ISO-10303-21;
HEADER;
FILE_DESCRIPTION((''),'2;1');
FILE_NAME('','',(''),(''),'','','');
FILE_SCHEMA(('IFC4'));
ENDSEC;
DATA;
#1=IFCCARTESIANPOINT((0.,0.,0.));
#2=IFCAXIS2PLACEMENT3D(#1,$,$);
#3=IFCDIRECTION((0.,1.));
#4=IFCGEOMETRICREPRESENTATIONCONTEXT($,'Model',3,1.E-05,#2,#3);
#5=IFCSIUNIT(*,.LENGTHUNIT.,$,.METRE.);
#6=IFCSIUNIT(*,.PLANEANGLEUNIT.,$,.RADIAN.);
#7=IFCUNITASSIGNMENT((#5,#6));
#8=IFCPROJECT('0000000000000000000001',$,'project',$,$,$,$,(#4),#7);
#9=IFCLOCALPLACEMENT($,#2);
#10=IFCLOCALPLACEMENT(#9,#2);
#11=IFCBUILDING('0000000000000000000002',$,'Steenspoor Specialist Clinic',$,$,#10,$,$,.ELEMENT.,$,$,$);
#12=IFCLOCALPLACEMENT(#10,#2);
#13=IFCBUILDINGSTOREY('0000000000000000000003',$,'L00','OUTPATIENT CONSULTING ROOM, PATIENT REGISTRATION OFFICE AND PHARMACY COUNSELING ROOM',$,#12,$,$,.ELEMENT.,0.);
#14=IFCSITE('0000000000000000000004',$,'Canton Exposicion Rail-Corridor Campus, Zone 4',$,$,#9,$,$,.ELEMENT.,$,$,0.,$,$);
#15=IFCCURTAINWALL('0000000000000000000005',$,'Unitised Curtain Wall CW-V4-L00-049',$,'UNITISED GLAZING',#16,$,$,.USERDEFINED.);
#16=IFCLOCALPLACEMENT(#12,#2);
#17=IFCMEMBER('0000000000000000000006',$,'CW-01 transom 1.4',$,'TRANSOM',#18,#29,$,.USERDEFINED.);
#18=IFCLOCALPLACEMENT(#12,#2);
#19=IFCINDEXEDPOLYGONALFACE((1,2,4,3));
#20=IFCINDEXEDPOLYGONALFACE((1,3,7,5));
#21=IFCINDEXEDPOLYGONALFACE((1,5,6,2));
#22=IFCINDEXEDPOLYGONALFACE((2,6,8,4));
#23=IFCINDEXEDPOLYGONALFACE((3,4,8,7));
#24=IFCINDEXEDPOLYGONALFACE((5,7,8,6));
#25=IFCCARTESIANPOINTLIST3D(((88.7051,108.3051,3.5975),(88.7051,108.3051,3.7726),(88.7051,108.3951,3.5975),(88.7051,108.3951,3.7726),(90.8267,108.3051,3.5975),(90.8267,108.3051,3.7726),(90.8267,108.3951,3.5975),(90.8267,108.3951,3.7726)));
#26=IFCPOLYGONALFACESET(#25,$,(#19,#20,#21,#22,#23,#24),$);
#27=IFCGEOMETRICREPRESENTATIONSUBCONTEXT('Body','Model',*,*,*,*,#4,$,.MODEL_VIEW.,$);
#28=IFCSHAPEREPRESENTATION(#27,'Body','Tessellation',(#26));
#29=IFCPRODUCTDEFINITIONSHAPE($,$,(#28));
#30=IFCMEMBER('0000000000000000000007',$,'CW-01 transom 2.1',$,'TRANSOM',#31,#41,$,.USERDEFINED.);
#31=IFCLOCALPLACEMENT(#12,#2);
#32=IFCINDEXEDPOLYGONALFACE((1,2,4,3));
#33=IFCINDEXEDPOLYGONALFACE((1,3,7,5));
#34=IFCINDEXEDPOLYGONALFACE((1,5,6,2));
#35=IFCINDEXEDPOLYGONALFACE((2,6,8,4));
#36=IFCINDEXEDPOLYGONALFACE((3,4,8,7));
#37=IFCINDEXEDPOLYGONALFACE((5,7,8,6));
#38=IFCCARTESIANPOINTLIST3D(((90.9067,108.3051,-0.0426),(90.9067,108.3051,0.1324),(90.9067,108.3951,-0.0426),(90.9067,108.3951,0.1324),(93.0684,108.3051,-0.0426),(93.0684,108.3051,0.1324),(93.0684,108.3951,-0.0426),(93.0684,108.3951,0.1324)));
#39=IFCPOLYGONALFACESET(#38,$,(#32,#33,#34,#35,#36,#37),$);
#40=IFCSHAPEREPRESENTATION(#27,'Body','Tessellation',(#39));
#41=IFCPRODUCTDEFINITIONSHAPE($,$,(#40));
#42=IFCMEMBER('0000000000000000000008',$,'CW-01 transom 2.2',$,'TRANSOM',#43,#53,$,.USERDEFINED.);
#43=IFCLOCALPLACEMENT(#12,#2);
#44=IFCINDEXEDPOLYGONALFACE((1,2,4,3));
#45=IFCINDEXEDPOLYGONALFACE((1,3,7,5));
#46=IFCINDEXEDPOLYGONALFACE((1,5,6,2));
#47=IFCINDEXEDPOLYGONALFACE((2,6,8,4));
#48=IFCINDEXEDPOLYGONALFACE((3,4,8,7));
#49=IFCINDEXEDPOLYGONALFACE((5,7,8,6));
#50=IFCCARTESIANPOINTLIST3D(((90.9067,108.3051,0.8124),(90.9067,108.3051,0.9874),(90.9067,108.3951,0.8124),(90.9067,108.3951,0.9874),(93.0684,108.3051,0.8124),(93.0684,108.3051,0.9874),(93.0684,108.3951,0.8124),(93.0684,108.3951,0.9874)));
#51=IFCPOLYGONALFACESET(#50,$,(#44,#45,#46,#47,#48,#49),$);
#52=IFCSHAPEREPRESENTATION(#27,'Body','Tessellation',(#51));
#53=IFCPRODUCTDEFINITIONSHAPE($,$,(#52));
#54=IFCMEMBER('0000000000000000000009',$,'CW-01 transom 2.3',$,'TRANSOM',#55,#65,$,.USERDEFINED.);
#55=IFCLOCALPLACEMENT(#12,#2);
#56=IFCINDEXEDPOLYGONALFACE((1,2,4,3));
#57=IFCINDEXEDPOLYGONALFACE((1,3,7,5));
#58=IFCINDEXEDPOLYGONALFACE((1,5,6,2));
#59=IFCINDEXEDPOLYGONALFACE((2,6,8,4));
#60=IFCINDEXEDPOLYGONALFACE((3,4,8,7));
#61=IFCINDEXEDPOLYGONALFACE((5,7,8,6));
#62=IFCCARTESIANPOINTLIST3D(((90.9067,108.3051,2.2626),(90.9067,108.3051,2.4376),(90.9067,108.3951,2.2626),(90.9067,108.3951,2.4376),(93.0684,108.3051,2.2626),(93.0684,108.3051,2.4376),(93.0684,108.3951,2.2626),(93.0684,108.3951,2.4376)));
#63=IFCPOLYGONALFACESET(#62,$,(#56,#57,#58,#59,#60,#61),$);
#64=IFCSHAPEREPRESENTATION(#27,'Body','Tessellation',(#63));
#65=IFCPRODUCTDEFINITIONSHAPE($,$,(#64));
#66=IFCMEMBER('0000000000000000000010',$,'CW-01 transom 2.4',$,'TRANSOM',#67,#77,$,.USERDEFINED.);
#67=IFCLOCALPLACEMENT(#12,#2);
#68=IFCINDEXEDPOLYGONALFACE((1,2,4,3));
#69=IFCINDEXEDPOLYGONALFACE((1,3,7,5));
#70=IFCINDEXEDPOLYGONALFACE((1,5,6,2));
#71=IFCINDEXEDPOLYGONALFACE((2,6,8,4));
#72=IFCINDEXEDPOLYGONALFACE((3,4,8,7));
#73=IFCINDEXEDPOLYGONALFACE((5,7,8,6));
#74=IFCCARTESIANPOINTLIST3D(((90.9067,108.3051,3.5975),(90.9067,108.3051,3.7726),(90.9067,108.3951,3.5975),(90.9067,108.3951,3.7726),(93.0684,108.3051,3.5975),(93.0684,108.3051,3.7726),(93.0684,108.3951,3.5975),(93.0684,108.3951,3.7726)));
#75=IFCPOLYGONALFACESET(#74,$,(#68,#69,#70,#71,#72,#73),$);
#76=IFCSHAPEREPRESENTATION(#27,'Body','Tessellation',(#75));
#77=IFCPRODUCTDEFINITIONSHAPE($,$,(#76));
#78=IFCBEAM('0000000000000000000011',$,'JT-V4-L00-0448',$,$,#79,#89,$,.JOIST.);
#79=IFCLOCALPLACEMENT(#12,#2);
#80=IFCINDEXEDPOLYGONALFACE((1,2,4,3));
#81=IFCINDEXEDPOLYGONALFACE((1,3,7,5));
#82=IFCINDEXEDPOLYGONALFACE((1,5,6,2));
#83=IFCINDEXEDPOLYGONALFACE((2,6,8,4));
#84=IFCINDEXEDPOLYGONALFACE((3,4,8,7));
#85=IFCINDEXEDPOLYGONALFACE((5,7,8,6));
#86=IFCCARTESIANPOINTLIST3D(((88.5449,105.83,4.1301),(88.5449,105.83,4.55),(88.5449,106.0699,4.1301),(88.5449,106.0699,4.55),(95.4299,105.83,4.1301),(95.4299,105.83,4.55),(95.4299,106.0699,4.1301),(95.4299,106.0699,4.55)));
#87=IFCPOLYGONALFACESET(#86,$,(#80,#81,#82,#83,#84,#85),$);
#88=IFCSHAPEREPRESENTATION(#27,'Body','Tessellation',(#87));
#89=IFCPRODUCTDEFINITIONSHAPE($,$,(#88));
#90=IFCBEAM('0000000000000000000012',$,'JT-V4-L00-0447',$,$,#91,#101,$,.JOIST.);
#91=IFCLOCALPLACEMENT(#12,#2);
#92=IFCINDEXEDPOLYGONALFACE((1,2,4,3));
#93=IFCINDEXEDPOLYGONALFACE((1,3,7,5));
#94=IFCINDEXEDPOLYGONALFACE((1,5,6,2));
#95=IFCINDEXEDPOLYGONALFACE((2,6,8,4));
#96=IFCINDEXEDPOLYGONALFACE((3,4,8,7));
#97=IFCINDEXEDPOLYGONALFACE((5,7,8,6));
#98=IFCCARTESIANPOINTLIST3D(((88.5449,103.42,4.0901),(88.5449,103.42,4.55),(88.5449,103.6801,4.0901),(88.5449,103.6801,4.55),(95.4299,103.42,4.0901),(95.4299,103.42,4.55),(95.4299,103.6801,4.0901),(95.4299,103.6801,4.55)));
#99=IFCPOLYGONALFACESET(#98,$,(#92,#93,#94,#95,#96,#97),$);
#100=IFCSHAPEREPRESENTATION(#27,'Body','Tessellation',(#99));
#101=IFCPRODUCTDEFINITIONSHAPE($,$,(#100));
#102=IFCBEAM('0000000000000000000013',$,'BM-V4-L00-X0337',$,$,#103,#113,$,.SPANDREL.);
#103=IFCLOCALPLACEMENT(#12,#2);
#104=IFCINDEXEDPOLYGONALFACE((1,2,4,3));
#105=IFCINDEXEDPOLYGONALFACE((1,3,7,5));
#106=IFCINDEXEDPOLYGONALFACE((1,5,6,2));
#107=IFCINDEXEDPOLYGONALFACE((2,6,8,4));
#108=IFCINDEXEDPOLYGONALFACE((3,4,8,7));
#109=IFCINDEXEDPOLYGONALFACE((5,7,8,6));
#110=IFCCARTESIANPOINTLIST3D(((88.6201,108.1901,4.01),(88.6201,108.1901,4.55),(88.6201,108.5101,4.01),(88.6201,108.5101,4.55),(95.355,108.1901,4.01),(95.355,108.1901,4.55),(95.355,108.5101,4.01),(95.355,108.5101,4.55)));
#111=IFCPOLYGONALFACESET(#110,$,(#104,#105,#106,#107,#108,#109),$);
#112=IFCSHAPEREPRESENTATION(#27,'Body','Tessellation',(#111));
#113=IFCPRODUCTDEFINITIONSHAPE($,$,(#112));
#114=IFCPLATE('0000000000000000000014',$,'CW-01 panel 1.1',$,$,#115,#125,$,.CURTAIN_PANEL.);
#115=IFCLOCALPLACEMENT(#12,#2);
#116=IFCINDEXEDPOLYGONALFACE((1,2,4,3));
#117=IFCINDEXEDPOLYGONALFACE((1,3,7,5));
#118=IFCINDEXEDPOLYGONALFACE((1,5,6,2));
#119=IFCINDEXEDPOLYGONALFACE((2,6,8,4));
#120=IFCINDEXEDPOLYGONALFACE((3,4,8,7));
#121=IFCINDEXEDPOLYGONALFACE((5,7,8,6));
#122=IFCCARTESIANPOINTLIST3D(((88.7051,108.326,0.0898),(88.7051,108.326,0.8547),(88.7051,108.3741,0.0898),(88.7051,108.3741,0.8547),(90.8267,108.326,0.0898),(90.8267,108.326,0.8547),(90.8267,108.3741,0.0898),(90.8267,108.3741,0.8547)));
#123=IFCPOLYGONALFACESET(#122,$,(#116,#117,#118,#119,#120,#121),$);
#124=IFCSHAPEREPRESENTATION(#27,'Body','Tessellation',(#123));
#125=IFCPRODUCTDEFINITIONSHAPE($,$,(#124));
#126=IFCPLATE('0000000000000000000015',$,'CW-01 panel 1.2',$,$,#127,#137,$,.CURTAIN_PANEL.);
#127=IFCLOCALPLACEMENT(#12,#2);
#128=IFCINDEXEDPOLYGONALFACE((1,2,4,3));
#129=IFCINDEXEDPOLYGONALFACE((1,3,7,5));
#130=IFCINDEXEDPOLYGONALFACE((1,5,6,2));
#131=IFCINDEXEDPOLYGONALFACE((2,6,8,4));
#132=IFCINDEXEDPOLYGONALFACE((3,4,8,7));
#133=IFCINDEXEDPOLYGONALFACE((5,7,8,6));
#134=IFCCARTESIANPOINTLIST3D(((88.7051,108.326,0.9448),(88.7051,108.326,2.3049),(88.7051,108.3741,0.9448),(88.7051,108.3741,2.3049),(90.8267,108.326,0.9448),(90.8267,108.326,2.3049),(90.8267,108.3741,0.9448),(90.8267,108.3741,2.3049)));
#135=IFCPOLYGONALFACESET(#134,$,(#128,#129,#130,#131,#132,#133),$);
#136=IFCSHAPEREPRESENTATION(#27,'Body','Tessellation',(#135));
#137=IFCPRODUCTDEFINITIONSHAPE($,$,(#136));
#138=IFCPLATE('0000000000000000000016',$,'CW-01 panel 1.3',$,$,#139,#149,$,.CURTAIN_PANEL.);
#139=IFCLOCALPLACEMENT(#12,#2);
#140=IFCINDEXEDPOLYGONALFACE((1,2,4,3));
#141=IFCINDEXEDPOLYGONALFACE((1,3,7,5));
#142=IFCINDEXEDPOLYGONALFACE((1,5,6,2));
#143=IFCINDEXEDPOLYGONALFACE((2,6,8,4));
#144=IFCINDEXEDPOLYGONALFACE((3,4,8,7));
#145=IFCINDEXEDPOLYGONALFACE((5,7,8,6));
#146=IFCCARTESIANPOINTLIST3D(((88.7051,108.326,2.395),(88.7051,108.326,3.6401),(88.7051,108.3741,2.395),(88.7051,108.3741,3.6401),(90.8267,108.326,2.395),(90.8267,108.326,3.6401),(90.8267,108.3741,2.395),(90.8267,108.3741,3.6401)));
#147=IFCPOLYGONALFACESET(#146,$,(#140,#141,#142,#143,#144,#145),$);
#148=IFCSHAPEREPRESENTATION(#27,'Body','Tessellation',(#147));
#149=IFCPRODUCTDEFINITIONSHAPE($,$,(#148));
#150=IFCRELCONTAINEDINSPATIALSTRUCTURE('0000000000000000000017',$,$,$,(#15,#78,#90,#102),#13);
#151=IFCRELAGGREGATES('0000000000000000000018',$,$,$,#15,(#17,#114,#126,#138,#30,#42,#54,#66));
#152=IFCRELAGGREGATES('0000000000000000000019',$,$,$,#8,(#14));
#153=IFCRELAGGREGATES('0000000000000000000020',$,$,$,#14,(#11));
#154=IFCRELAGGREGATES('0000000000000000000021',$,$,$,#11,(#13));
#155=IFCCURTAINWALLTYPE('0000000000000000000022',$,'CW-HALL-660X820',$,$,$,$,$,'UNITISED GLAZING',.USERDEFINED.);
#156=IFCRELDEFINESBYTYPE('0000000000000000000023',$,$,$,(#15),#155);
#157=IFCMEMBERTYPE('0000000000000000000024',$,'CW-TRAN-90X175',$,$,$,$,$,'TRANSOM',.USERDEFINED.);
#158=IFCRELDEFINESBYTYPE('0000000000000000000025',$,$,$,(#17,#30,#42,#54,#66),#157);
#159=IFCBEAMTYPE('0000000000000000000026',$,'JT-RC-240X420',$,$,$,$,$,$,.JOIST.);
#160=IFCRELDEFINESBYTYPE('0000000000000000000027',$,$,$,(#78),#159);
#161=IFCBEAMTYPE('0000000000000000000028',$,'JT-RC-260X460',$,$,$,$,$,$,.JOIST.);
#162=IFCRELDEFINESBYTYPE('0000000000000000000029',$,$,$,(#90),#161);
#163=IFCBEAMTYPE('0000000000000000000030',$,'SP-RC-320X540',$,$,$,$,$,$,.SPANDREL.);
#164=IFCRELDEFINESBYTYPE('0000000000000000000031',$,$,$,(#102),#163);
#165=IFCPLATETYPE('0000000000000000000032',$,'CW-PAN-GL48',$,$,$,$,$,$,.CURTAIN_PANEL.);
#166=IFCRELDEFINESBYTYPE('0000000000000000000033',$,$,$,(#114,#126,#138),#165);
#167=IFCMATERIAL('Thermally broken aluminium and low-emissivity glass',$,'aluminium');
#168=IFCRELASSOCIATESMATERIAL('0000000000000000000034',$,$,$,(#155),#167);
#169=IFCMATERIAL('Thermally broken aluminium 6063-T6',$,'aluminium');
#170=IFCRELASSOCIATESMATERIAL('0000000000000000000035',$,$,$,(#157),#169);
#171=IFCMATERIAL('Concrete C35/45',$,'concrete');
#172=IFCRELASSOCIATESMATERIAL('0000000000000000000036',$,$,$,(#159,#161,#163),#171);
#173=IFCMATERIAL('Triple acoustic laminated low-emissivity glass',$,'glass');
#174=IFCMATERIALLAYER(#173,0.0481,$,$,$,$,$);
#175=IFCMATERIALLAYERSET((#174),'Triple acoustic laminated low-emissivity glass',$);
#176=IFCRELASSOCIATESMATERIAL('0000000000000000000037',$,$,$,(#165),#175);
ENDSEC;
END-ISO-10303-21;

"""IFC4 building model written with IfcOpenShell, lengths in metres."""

from ifc_helpers import new_model, si_unit, direction, frame, origin, origin_2d, place, context, subcontext, project, spatial, rectangle, extrude, material, layer, layer_set, material_profile, profile_set, type_object, element, aggregate, save


model = new_model("IFC4")

# Units and contexts
model_context = context("Model", 3, precision=1e-05, world=origin(), true_north=direction((0.0, 1.0)))
body_context = subcontext(model_context, "Body", "Model", "MODEL_VIEW")
ifc_project = project(units=[si_unit("LENGTHUNIT", "METRE"), si_unit("PLANEANGLEUNIT", "RADIAN")], contexts=[model_context])

# Site, building, storey
site_placement = place(None, origin())
site = spatial("IfcSite", under=ifc_project, at=site_placement, Name="Canton Exposicion Rail-Corridor Campus, Zone 4", CompositionType="ELEMENT", RefElevation=0.0)
building_placement = place(site_placement, origin())
building = spatial("IfcBuilding", under=site, at=building_placement, Name="Steenspoor Specialist Clinic", CompositionType="ELEMENT")
storey_placement = place(building_placement, origin())
storey = spatial("IfcBuildingStorey", under=building, at=storey_placement, Name="L00", Description="OUTPATIENT CONSULTING ROOM, PATIENT REGISTRATION OFFICE AND PHARMACY COUNSELING ROOM", CompositionType="ELEMENT", Elevation=0.0)

# Shared definitions
ifc_material_1 = material(Name="Concrete C35/45", Category="concrete")

# Curtain wall, members
ifc_material_2 = material(Name="Thermally broken aluminium and low-emissivity glass", Category="aluminium")
curtain_wall_type = type_object("IfcCurtainWallType", Name="CW-HALL-660X820", ElementType="UNITISED GLAZING", PredefinedType="USERDEFINED", material=ifc_material_2)
curtain_wall_placement = place(storey_placement, origin())
curtain_wall = element("IfcCurtainWall", 1, at=curtain_wall_placement, inside=storey, type_object=curtain_wall_type, Name="Unitised Curtain Wall CW-V4-L00-049", ObjectType="UNITISED GLAZING", PredefinedType="USERDEFINED")
ifc_material_3 = material(Name="Thermally broken aluminium 6063-T6", Category="aluminium")
ifc_material_profile_1 = material_profile(ifc_material_3, rectangle(XDim=0.0901, YDim=0.175, at=origin_2d()), Name="CWT-90X175")
ifc_profile_set_1 = profile_set([ifc_material_profile_1], Name="Thermally broken aluminium 6063-T6")
member_type_1 = type_object("IfcMemberType", Name="CW-TRAN-90X175", ElementType="TRANSOM", PredefinedType="USERDEFINED", material=ifc_profile_set_1)
member_1_placement = place(storey_placement, frame((88.7051, 108.3501, 3.6851), z_axis=(1.0, 0.0, 0.0), x_axis=(0.0, 1.0, 0.0)))
member_1 = element("IfcMember", 2, at=member_1_placement, type_object=member_type_1, Name="CW-01 transom 1.4", ObjectType="TRANSOM", PredefinedType="USERDEFINED", context=body_context, shape_type="SweptSolid", body=[
    extrude(rectangle(XDim=0.0901, YDim=0.175, at=origin_2d()), origin(), (0.0, 0.0, 1.0), 2.1216),
])
member_2_placement = place(storey_placement, frame((90.9067, 108.3501, 0.0449), z_axis=(1.0, 0.0, 0.0), x_axis=(0.0, 1.0, 0.0)))
member_2 = element("IfcMember", 3, at=member_2_placement, type_object=member_type_1, Name="CW-01 transom 2.1", ObjectType="TRANSOM", PredefinedType="USERDEFINED", context=body_context, shape_type="SweptSolid", body=[
    extrude(rectangle(XDim=0.0901, YDim=0.175, at=origin_2d()), origin(), (0.0, 0.0, 1.0), 2.1616),
])
member_3_placement = place(storey_placement, frame((90.9067, 108.3501, 0.8999), z_axis=(1.0, 0.0, 0.0), x_axis=(0.0, 1.0, 0.0)))
member_3 = element("IfcMember", 4, at=member_3_placement, type_object=member_type_1, Name="CW-01 transom 2.2", ObjectType="TRANSOM", PredefinedType="USERDEFINED", context=body_context, shape_type="SweptSolid", body=[
    extrude(rectangle(XDim=0.0901, YDim=0.175, at=origin_2d()), origin(), (0.0, 0.0, 1.0), 2.1616),
])
member_4_placement = place(storey_placement, frame((90.9067, 108.3501, 2.3501), z_axis=(1.0, 0.0, 0.0), x_axis=(0.0, 1.0, 0.0)))
member_4 = element("IfcMember", 5, at=member_4_placement, type_object=member_type_1, Name="CW-01 transom 2.3", ObjectType="TRANSOM", PredefinedType="USERDEFINED", context=body_context, shape_type="SweptSolid", body=[
    extrude(rectangle(XDim=0.0901, YDim=0.175, at=origin_2d()), origin(), (0.0, 0.0, 1.0), 2.1616),
])
member_5_placement = place(storey_placement, frame((90.9067, 108.3501, 3.6851), z_axis=(1.0, 0.0, 0.0), x_axis=(0.0, 1.0, 0.0)))
member_5 = element("IfcMember", 6, at=member_5_placement, type_object=member_type_1, Name="CW-01 transom 2.4", ObjectType="TRANSOM", PredefinedType="USERDEFINED", context=body_context, shape_type="SweptSolid", body=[
    extrude(rectangle(XDim=0.0901, YDim=0.175, at=origin_2d()), origin(), (0.0, 0.0, 1.0), 2.1616),
])

# Beams
ifc_material_profile_2 = material_profile(ifc_material_1, rectangle(XDim=0.24, YDim=0.4199, at=origin_2d()), Name="RC-JT-240X420")
ifc_profile_set_2 = profile_set([ifc_material_profile_2], Name="Concrete C35/45")
beam_type_1 = type_object("IfcBeamType", Name="JT-RC-240X420", PredefinedType="JOIST", material=ifc_profile_set_2)
beam_1_placement = place(storey_placement, frame((88.5449, 105.95, 4.3401), z_axis=(1.0, 0.0, 0.0), x_axis=(0.0, 1.0, 0.0)))
element("IfcBeam", 7, at=beam_1_placement, inside=storey, type_object=beam_type_1, Name="JT-V4-L00-0448", PredefinedType="JOIST", context=body_context, shape_type="SweptSolid", body=[
    extrude(rectangle(XDim=0.24, YDim=0.4199, at=origin_2d()), origin(), (0.0, 0.0, 1.0), 6.885),
])
ifc_material_profile_3 = material_profile(ifc_material_1, rectangle(XDim=0.26, YDim=0.46, at=origin_2d()), Name="RC-JT-260X460")
ifc_profile_set_3 = profile_set([ifc_material_profile_3], Name="Concrete C35/45")
beam_type_2 = type_object("IfcBeamType", Name="JT-RC-260X460", PredefinedType="JOIST", material=ifc_profile_set_3)
beam_2_placement = place(storey_placement, frame((88.5449, 103.55, 4.3201), z_axis=(1.0, 0.0, 0.0), x_axis=(0.0, 1.0, 0.0)))
element("IfcBeam", 8, at=beam_2_placement, inside=storey, type_object=beam_type_2, Name="JT-V4-L00-0447", PredefinedType="JOIST", context=body_context, shape_type="SweptSolid", body=[
    extrude(rectangle(XDim=0.26, YDim=0.46, at=origin_2d()), origin(), (0.0, 0.0, 1.0), 6.885),
])
ifc_material_profile_4 = material_profile(ifc_material_1, rectangle(XDim=0.3201, YDim=0.54, at=origin_2d()), Name="RC-SP-320X540")
ifc_profile_set_4 = profile_set([ifc_material_profile_4], Name="Concrete C35/45")
beam_type_3 = type_object("IfcBeamType", Name="SP-RC-320X540", PredefinedType="SPANDREL", material=ifc_profile_set_4)
beam_3_placement = place(storey_placement, frame((88.6201, 108.3501, 4.28), z_axis=(1.0, 0.0, 0.0), x_axis=(0.0, 1.0, 0.0)))
element("IfcBeam", 9, at=beam_3_placement, inside=storey, type_object=beam_type_3, Name="BM-V4-L00-X0337", PredefinedType="SPANDREL", context=body_context, shape_type="SweptSolid", body=[
    extrude(rectangle(XDim=0.3201, YDim=0.54, at=origin_2d()), origin(), (0.0, 0.0, 1.0), 6.7349),
])

# Plates
ifc_material_4 = material(Name="Triple acoustic laminated low-emissivity glass", Category="glass")
ifc_layer = layer(ifc_material_4, 0.0481)
ifc_layer_set = layer_set([ifc_layer], Name="Triple acoustic laminated low-emissivity glass")
plate_type = type_object("IfcPlateType", Name="CW-PAN-GL48", PredefinedType="CURTAIN_PANEL", material=ifc_layer_set)
plate_1_placement = place(storey_placement, frame((89.7659, 108.3501, 0.0898), z_axis=(0.0, 0.0, 1.0), x_axis=(1.0, 0.0, 0.0)))
plate_1 = element("IfcPlate", 10, at=plate_1_placement, type_object=plate_type, Name="CW-01 panel 1.1", PredefinedType="CURTAIN_PANEL", context=body_context, shape_type="SweptSolid", body=[
    extrude(rectangle(XDim=2.1216, YDim=0.0481, at=origin_2d()), origin(), (0.0, 0.0, 1.0), 0.7649),
])
plate_2_placement = place(storey_placement, frame((89.7659, 108.3501, 0.9448), z_axis=(0.0, 0.0, 1.0), x_axis=(1.0, 0.0, 0.0)))
plate_2 = element("IfcPlate", 11, at=plate_2_placement, type_object=plate_type, Name="CW-01 panel 1.2", PredefinedType="CURTAIN_PANEL", context=body_context, shape_type="SweptSolid", body=[
    extrude(rectangle(XDim=2.1216, YDim=0.0481, at=origin_2d()), origin(), (0.0, 0.0, 1.0), 1.3601),
])
plate_3_placement = place(storey_placement, frame((89.7659, 108.3501, 2.395), z_axis=(0.0, 0.0, 1.0), x_axis=(1.0, 0.0, 0.0)))
plate_3 = element("IfcPlate", 12, at=plate_3_placement, type_object=plate_type, Name="CW-01 panel 1.3", PredefinedType="CURTAIN_PANEL", context=body_context, shape_type="SweptSolid", body=[
    extrude(rectangle(XDim=2.1216, YDim=0.0481, at=origin_2d()), origin(), (0.0, 0.0, 1.0), 1.2451),
])
aggregate(curtain_wall, [member_1, plate_1, plate_2, plate_3, member_2, member_3, member_4, member_5])

save(model, "model.ifc")
